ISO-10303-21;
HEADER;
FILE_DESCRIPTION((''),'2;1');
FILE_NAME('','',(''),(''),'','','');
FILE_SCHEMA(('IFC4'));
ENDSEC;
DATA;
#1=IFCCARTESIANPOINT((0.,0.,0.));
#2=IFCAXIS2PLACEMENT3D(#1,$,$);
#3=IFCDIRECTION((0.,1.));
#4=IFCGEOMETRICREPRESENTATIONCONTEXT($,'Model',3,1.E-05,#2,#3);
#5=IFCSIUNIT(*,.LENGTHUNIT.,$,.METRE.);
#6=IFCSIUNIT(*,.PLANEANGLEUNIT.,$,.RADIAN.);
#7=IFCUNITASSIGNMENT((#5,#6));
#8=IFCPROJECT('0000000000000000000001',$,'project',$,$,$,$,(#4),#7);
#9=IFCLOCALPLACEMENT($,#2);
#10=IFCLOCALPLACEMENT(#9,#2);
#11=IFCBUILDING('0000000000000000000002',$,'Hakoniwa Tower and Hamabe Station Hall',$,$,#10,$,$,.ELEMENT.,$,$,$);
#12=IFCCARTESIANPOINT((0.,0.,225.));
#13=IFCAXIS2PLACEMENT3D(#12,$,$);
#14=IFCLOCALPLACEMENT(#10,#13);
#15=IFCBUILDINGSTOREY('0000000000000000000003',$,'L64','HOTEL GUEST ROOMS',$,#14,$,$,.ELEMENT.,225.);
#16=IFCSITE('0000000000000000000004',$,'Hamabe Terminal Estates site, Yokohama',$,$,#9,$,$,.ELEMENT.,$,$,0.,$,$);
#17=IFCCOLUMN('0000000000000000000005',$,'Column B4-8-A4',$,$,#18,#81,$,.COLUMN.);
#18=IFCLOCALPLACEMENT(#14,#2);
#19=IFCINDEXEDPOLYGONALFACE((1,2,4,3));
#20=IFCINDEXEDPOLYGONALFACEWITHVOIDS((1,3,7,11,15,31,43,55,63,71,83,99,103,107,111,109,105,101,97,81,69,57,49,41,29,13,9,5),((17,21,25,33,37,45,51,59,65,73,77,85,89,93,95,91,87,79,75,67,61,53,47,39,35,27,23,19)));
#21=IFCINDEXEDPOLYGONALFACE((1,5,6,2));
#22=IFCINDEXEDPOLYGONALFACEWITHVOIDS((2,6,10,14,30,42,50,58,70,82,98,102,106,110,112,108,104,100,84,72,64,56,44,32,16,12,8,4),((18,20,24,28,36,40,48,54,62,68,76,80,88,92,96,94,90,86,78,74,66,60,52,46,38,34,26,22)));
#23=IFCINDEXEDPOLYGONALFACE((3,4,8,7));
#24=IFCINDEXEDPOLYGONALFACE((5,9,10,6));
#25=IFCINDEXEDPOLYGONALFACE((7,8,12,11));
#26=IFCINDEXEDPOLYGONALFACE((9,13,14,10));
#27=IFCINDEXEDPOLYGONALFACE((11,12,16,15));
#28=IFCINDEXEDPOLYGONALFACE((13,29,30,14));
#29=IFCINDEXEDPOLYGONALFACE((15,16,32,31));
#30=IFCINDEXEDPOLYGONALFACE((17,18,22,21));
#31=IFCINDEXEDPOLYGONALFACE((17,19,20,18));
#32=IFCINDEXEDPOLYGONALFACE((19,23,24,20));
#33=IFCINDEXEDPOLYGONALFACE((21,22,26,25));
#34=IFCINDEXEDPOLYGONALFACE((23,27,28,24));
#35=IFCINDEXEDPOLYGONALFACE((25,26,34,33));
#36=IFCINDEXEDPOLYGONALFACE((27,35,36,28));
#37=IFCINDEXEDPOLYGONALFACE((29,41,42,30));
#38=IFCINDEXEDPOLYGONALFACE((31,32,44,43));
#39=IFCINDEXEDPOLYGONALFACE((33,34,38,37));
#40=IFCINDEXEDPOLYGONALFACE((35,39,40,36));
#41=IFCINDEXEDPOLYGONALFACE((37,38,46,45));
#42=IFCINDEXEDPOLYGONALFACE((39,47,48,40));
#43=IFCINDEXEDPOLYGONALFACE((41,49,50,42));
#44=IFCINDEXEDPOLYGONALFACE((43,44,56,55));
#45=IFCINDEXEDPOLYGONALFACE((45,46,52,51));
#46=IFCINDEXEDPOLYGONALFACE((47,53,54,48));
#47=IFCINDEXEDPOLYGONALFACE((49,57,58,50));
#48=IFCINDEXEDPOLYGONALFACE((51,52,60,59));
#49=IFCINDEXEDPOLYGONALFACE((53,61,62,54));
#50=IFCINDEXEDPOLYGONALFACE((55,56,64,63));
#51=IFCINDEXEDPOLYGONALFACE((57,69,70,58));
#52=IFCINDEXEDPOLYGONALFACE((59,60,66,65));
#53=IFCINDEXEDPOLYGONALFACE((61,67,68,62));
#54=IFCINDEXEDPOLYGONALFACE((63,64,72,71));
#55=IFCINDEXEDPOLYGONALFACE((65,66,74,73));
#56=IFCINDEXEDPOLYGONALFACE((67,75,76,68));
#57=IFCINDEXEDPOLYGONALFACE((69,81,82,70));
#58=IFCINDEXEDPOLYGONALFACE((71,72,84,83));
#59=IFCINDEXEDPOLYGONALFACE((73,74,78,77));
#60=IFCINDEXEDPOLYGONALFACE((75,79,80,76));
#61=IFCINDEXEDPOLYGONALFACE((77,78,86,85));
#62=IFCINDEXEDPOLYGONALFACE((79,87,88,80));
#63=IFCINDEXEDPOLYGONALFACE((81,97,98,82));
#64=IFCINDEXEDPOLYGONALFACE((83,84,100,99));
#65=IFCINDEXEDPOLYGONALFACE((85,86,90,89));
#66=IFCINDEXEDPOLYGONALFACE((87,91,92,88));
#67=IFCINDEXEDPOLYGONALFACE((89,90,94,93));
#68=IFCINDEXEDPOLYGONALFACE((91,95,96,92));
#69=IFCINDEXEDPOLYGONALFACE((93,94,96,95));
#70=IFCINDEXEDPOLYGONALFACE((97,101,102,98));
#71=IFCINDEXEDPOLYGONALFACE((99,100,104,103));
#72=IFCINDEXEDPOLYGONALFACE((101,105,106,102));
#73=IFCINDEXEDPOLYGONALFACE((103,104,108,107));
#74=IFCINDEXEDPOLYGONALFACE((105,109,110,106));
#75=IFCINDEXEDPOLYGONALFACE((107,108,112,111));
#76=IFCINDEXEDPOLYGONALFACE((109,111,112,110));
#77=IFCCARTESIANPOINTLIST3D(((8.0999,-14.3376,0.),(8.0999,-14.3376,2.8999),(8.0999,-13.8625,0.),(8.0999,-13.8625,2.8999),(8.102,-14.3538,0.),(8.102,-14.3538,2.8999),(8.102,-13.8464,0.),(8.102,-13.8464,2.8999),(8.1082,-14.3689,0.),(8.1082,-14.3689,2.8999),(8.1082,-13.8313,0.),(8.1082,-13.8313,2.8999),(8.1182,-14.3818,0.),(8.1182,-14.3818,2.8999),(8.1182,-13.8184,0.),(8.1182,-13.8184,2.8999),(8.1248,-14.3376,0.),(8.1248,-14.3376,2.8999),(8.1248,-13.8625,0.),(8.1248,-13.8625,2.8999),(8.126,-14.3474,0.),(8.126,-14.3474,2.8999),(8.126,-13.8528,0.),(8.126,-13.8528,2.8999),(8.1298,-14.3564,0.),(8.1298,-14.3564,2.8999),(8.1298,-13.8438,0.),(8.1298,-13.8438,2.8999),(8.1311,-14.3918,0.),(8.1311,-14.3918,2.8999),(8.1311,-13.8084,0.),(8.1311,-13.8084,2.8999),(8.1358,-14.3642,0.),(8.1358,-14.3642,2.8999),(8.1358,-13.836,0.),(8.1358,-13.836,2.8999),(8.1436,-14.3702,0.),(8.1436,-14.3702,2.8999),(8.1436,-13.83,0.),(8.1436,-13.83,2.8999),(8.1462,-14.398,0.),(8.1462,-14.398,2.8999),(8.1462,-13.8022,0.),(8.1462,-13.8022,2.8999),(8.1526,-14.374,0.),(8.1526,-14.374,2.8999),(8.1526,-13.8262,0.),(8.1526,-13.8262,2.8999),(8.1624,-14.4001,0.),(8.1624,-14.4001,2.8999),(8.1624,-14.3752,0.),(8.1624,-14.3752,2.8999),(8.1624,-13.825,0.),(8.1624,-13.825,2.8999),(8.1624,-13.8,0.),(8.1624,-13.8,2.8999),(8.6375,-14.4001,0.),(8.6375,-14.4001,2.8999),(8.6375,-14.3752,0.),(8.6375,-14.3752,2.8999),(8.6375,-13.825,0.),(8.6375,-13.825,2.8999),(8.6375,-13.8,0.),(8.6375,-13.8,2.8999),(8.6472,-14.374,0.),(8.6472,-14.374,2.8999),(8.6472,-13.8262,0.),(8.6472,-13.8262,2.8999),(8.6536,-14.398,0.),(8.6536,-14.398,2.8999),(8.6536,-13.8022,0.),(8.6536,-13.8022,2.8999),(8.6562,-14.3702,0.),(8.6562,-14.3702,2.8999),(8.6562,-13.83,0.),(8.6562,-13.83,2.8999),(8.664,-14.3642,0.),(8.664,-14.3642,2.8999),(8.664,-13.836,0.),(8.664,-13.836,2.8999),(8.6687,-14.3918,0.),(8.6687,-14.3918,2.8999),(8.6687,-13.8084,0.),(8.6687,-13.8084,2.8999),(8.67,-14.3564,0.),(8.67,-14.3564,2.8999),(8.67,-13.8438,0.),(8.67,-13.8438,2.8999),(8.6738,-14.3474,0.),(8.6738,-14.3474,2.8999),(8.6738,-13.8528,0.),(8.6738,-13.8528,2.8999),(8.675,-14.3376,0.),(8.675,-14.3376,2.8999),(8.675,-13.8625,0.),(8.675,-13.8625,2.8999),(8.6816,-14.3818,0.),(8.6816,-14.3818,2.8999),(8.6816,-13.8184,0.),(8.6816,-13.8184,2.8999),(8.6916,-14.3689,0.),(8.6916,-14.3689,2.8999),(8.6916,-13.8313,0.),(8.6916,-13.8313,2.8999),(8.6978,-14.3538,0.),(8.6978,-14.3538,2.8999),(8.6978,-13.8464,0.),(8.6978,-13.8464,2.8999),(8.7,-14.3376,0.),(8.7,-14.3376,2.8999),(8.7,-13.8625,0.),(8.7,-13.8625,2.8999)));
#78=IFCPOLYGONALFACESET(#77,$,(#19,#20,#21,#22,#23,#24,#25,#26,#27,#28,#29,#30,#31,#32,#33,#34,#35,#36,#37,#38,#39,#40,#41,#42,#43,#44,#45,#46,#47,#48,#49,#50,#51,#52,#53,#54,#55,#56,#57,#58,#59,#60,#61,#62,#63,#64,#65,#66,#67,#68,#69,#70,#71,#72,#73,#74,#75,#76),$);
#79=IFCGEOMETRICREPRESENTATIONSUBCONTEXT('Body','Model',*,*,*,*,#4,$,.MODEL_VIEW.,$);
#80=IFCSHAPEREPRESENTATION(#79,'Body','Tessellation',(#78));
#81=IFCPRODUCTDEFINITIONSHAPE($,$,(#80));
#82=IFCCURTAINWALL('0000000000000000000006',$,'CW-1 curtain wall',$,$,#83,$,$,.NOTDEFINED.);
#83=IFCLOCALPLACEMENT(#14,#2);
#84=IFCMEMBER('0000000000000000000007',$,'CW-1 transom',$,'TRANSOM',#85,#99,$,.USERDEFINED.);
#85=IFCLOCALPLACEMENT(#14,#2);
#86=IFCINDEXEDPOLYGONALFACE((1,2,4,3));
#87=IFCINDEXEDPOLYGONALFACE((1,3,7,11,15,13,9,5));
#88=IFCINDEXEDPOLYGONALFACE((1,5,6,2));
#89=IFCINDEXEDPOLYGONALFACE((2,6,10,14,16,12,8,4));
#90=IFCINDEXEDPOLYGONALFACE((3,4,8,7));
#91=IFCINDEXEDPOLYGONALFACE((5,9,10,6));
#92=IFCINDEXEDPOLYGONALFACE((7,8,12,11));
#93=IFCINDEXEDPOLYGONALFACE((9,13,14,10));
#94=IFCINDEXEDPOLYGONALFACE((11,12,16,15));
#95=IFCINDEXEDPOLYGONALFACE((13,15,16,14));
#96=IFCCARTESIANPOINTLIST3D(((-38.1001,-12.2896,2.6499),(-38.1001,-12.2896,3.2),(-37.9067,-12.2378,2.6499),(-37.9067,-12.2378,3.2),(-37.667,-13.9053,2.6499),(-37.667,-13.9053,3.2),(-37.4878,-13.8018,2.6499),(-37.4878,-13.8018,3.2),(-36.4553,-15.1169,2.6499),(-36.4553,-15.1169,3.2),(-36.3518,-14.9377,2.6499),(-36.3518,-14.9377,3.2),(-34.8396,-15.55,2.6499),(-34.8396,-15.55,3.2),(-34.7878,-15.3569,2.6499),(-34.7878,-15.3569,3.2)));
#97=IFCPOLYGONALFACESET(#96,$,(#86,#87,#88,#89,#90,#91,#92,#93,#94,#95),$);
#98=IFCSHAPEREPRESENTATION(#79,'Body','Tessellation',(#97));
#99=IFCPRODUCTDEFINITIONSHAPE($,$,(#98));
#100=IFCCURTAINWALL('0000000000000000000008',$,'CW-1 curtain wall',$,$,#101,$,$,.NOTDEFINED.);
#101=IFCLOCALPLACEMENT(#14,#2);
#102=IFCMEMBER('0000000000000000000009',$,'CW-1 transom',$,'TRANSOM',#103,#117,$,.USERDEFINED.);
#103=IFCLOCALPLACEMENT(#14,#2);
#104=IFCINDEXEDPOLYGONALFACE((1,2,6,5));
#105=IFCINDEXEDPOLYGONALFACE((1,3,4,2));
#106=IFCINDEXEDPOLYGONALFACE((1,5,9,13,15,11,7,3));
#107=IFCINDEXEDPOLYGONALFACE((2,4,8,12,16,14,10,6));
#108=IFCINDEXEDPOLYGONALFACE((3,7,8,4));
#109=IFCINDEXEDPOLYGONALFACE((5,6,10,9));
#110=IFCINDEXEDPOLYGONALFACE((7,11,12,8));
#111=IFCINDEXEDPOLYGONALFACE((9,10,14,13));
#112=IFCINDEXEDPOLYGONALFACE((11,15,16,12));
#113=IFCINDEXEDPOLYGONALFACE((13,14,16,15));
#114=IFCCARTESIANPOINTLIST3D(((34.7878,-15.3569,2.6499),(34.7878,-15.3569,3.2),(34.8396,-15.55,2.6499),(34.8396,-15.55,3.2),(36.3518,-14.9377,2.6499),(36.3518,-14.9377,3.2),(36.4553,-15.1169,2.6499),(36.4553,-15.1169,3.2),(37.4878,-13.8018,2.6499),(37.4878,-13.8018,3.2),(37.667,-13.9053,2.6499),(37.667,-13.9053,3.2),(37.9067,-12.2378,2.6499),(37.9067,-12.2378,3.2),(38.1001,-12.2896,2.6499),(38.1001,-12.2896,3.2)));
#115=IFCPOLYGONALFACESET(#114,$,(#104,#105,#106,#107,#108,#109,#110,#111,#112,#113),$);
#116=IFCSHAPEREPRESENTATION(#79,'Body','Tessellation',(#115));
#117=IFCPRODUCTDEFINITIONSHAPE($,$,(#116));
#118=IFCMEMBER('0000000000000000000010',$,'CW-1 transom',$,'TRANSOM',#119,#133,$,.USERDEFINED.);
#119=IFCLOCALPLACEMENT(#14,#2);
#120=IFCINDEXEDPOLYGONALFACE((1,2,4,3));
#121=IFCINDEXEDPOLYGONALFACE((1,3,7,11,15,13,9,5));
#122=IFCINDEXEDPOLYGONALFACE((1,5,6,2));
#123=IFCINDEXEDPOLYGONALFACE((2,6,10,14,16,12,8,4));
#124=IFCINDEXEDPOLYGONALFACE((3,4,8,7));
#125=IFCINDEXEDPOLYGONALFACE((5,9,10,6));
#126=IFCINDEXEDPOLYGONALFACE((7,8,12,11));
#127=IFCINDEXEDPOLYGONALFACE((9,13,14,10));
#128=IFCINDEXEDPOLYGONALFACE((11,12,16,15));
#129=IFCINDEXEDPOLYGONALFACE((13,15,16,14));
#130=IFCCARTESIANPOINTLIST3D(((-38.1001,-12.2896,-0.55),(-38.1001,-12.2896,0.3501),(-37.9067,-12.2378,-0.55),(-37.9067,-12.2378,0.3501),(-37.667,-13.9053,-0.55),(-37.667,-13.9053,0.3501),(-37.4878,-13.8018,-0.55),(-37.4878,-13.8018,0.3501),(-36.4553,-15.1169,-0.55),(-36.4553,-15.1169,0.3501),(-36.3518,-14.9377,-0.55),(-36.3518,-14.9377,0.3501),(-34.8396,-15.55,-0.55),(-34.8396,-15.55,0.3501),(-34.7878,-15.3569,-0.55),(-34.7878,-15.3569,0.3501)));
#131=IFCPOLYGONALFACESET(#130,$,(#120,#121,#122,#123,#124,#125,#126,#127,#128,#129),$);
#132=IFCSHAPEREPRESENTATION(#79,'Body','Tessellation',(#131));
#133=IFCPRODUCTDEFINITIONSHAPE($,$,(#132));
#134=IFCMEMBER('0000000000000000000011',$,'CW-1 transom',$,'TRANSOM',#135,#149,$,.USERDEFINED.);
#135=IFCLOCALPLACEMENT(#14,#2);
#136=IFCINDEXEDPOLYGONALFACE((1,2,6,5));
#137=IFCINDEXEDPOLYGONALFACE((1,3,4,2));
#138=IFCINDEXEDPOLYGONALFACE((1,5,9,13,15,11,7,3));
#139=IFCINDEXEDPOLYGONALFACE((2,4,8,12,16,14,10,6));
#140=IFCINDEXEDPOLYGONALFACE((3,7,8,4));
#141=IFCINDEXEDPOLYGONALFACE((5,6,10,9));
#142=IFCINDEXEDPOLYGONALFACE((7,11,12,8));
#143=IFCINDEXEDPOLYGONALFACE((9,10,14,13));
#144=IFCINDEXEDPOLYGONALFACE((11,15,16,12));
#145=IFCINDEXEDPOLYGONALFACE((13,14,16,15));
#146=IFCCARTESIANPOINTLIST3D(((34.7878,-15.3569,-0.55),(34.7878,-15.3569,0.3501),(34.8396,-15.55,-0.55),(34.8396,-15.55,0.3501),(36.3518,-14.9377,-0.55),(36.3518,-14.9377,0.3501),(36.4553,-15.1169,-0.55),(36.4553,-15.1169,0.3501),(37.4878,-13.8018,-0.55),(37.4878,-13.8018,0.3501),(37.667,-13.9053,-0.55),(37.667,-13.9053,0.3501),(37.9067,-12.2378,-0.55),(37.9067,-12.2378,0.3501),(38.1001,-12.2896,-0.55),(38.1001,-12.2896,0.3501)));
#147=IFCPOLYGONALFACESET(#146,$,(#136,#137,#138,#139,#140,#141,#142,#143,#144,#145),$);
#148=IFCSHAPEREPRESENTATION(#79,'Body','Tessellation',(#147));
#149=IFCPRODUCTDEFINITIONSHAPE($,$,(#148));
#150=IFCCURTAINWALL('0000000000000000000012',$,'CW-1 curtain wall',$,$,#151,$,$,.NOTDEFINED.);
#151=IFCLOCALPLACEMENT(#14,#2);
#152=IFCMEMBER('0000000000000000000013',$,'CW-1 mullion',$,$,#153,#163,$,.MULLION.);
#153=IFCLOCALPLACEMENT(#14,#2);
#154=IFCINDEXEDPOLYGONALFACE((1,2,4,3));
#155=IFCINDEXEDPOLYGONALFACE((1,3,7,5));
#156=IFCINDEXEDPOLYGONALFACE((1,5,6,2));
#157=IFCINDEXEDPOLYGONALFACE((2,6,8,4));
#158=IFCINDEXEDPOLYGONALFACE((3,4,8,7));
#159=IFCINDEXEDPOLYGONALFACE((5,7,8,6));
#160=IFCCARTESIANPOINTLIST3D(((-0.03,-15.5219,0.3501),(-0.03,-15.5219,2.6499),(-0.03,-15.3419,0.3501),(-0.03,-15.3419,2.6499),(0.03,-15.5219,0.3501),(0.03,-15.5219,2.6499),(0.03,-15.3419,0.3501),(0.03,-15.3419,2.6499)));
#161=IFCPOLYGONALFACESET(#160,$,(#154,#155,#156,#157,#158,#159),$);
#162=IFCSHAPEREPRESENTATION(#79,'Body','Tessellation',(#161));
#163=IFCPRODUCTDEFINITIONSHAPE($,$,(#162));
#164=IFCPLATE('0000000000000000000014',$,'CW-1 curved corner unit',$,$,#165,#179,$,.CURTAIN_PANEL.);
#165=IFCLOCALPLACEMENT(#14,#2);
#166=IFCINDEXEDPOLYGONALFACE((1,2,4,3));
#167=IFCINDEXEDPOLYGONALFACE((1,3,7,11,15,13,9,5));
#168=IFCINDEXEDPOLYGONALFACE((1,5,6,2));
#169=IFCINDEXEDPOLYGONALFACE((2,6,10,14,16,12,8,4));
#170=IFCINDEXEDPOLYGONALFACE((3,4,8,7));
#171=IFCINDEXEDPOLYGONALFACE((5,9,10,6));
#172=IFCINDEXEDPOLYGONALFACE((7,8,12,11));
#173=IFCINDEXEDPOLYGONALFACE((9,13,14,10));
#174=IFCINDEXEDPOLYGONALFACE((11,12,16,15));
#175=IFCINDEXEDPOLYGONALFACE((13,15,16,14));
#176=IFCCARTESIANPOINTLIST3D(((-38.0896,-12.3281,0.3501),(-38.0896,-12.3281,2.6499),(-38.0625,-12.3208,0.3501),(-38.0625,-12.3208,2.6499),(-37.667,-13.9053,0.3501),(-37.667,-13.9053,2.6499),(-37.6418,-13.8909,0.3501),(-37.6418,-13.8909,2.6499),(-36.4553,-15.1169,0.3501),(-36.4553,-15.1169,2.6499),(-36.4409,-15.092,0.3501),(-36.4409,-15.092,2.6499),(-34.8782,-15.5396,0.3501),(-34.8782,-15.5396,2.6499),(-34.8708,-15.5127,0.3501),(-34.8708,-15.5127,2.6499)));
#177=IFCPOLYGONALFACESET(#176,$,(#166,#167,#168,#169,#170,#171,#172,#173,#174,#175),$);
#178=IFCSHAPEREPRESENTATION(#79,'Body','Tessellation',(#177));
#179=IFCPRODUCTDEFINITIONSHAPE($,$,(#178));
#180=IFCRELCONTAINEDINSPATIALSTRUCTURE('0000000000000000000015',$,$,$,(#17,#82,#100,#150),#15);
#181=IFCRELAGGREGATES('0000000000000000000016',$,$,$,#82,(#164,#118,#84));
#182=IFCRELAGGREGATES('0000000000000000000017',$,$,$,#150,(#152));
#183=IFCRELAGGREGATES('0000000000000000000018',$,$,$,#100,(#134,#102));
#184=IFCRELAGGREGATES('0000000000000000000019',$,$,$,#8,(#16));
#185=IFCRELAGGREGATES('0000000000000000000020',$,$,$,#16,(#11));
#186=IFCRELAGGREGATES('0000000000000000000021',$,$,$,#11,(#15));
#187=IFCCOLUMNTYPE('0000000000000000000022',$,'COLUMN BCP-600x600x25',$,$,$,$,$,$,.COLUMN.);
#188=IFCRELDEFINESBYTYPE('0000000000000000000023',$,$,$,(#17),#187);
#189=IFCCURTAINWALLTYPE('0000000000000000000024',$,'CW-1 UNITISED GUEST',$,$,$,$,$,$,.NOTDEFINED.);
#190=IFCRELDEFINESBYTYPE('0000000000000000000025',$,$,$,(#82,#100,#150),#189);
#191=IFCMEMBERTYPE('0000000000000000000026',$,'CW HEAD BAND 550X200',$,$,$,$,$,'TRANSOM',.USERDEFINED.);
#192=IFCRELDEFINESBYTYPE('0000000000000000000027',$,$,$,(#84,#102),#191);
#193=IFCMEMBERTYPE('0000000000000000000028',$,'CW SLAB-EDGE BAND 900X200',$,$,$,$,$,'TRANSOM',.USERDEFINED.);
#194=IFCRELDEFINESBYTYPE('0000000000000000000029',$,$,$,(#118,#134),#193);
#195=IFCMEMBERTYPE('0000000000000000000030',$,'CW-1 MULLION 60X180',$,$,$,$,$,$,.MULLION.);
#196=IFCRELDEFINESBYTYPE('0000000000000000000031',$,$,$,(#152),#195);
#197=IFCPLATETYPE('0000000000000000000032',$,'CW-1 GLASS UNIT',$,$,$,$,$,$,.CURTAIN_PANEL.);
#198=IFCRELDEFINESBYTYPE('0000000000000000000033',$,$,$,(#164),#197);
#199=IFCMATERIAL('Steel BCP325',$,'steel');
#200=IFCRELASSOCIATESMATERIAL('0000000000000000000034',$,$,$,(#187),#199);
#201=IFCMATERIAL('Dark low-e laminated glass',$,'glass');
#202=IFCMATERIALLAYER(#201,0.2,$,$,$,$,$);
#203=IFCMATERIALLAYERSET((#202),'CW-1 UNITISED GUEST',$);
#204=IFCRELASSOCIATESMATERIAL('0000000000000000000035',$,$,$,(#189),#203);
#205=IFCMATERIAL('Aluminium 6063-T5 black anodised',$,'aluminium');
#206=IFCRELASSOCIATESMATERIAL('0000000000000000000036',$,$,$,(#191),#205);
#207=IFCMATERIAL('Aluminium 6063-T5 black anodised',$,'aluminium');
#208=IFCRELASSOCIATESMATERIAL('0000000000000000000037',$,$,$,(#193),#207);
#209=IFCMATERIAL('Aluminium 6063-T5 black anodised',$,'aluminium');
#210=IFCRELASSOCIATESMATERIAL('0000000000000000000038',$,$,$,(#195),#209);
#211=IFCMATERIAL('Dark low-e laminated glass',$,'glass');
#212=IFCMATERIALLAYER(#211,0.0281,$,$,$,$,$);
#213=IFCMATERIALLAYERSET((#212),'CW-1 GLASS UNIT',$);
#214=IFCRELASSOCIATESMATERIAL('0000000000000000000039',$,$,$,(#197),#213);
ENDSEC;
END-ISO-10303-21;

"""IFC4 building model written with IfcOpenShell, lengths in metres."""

from ifc_helpers import new_model, si_unit, direction, frame, origin, origin_2d, place, context, subcontext, project, spatial, polyline, rectangle, hollow_rectangle, outline, extrude, material, layer, layer_set, material_profile, profile_set, type_object, element, aggregate, save


model = new_model("IFC4")

# Units and contexts
model_context = context("Model", 3, precision=1e-05, world=origin(), true_north=direction((0.0, 1.0)))
body_context = subcontext(model_context, "Body", "Model", "MODEL_VIEW")
ifc_project = project(units=[si_unit("LENGTHUNIT", "METRE"), si_unit("PLANEANGLEUNIT", "RADIAN")], contexts=[model_context])

# Site, building, storey
site_placement = place(None, origin())
site = spatial("IfcSite", under=ifc_project, at=site_placement, Name="Hamabe Terminal Estates site, Yokohama", CompositionType="ELEMENT", RefElevation=0.0)
building_placement = place(site_placement, origin())
building = spatial("IfcBuilding", under=site, at=building_placement, Name="Hakoniwa Tower and Hamabe Station Hall", CompositionType="ELEMENT")
storey_placement = place(building_placement, frame((0.0, 0.0, 225.0)))
storey = spatial("IfcBuildingStorey", under=building, at=storey_placement, Name="L64", Description="HOTEL GUEST ROOMS", CompositionType="ELEMENT", Elevation=225.0)

# Column
ifc_material_1 = material(Name="Steel BCP325", Category="steel")
ifc_material_profile_1 = material_profile(ifc_material_1, hollow_rectangle(XDim=0.6001, YDim=0.6001, WallThickness=0.0249, InnerFilletRadius=0.0376, OuterFilletRadius=0.0625, at=origin_2d()), Name="BCP-600x600x25")
ifc_profile_set_1 = profile_set([ifc_material_profile_1], Name="Steel BCP325")
column_type = type_object("IfcColumnType", Name="COLUMN BCP-600x600x25", PredefinedType="COLUMN", material=ifc_profile_set_1)
column_placement = place(storey_placement, frame((8.3999, -14.1001, 0.0), z_axis=(0.0, 0.0, 1.0), x_axis=(1.0, 0.0, 0.0)))
element("IfcColumn", 1, at=column_placement, inside=storey, type_object=column_type, Name="Column B4-8-A4", PredefinedType="COLUMN", context=body_context, shape_type="SweptSolid", body=[
    extrude(hollow_rectangle(XDim=0.6001, YDim=0.6001, WallThickness=0.0249, InnerFilletRadius=0.0376, OuterFilletRadius=0.0625, at=origin_2d()), origin(), (0.0, 0.0, 1.0), 2.8999),
])

# Curtain walls, members
ifc_material_2 = material(Name="Dark low-e laminated glass", Category="glass")
ifc_layer_1 = layer(ifc_material_2, 0.2)
ifc_layer_set_1 = layer_set([ifc_layer_1], Name="CW-1 UNITISED GUEST")
curtain_wall_type = type_object("IfcCurtainWallType", Name="CW-1 UNITISED GUEST", PredefinedType="NOTDEFINED", material=ifc_layer_set_1)
curtain_wall_1_placement = place(storey_placement, origin())
curtain_wall_1 = element("IfcCurtainWall", 2, at=curtain_wall_1_placement, inside=storey, type_object=curtain_wall_type, Name="CW-1 curtain wall", PredefinedType="NOTDEFINED")
ifc_material_3 = material(Name="Aluminium 6063-T5 black anodised", Category="aluminium")
ifc_material_profile_2 = material_profile(ifc_material_3, rectangle(XDim=0.2, YDim=0.55, at=origin_2d()), Name="CW HEAD BAND 550X200")
ifc_profile_set_2 = profile_set([ifc_material_profile_2], Name="Aluminium 6063-T5 black anodised")
member_type_1 = type_object("IfcMemberType", Name="CW HEAD BAND 550X200", ElementType="TRANSOM", PredefinedType="USERDEFINED", material=ifc_profile_set_2)
member_1_placement = place(storey_placement, frame((0.0, 0.0, 2.6499)))
member_1 = element("IfcMember", 3, at=member_1_placement, type_object=member_type_1, Name="CW-1 transom", ObjectType="TRANSOM", PredefinedType="USERDEFINED", context=body_context, shape_type="SweptSolid", body=[
    extrude(outline(polyline([(-38.1001, -12.2896), (-37.667, -13.9053), (-36.4553, -15.1169), (-34.8396, -15.55), (-34.7878, -15.3569), (-36.3518, -14.9377), (-37.4878, -13.8018), (-37.9067, -12.2378), (-38.1001, -12.2896)])), origin(), (0.0, 0.0, 1.0), 0.55),
])
curtain_wall_2_placement = place(storey_placement, origin())
curtain_wall_2 = element("IfcCurtainWall", 4, at=curtain_wall_2_placement, inside=storey, type_object=curtain_wall_type, Name="CW-1 curtain wall", PredefinedType="NOTDEFINED")
member_2_placement = place(storey_placement, frame((0.0, 0.0, 2.6499)))
member_2 = element("IfcMember", 5, at=member_2_placement, type_object=member_type_1, Name="CW-1 transom", ObjectType="TRANSOM", PredefinedType="USERDEFINED", context=body_context, shape_type="SweptSolid", body=[
    extrude(outline(polyline([(34.8396, -15.55), (36.4553, -15.1169), (37.667, -13.9053), (38.1001, -12.2896), (37.9067, -12.2378), (37.4878, -13.8018), (36.3518, -14.9377), (34.7878, -15.3569), (34.8396, -15.55)])), origin(), (0.0, 0.0, 1.0), 0.55),
])

# Members
ifc_material_4 = material(Name="Aluminium 6063-T5 black anodised", Category="aluminium")
ifc_material_profile_3 = material_profile(ifc_material_4, rectangle(XDim=0.2, YDim=0.8999, at=origin_2d()), Name="CW SLAB-EDGE BAND 900X200")
ifc_profile_set_3 = profile_set([ifc_material_profile_3], Name="Aluminium 6063-T5 black anodised")
member_type_2 = type_object("IfcMemberType", Name="CW SLAB-EDGE BAND 900X200", ElementType="TRANSOM", PredefinedType="USERDEFINED", material=ifc_profile_set_3)
member_3_placement = place(storey_placement, frame((0.0, 0.0, -0.55)))
member_3 = element("IfcMember", 6, at=member_3_placement, type_object=member_type_2, Name="CW-1 transom", ObjectType="TRANSOM", PredefinedType="USERDEFINED", context=body_context, shape_type="SweptSolid", body=[
    extrude(outline(polyline([(-38.1001, -12.2896), (-37.667, -13.9053), (-36.4553, -15.1169), (-34.8396, -15.55), (-34.7878, -15.3569), (-36.3518, -14.9377), (-37.4878, -13.8018), (-37.9067, -12.2378), (-38.1001, -12.2896)])), origin(), (0.0, 0.0, 1.0), 0.9001),
])
member_4_placement = place(storey_placement, frame((0.0, 0.0, -0.55)))
member_4 = element("IfcMember", 7, at=member_4_placement, type_object=member_type_2, Name="CW-1 transom", ObjectType="TRANSOM", PredefinedType="USERDEFINED", context=body_context, shape_type="SweptSolid", body=[
    extrude(outline(polyline([(34.8396, -15.55), (36.4553, -15.1169), (37.667, -13.9053), (38.1001, -12.2896), (37.9067, -12.2378), (37.4878, -13.8018), (36.3518, -14.9377), (34.7878, -15.3569), (34.8396, -15.55)])), origin(), (0.0, 0.0, 1.0), 0.9001),
])

# Curtain wall, member
curtain_wall_3_placement = place(storey_placement, origin())
curtain_wall_3 = element("IfcCurtainWall", 8, at=curtain_wall_3_placement, inside=storey, type_object=curtain_wall_type, Name="CW-1 curtain wall", PredefinedType="NOTDEFINED")
ifc_material_5 = material(Name="Aluminium 6063-T5 black anodised", Category="aluminium")
ifc_material_profile_4 = material_profile(ifc_material_5, rectangle(XDim=0.0601, YDim=0.1799, at=origin_2d()), Name="CW-1 MULLION 60X180")
ifc_profile_set_4 = profile_set([ifc_material_profile_4], Name="Aluminium 6063-T5 black anodised")
member_type_3 = type_object("IfcMemberType", Name="CW-1 MULLION 60X180", PredefinedType="MULLION", material=ifc_profile_set_4)
member_5_placement = place(storey_placement, frame((0.0, -15.4319, 0.3501), z_axis=(0.0, 0.0, 1.0), x_axis=(1.0, 0.0, 0.0)))
member_5 = element("IfcMember", 9, at=member_5_placement, type_object=member_type_3, Name="CW-1 mullion", PredefinedType="MULLION", context=body_context, shape_type="SweptSolid", body=[
    extrude(rectangle(XDim=0.0601, YDim=0.1799, at=origin_2d()), origin(), (0.0, 0.0, 1.0), 2.2998),
])

# Plate
ifc_material_6 = material(Name="Dark low-e laminated glass", Category="glass")
ifc_layer_2 = layer(ifc_material_6, 0.0281)
ifc_layer_set_2 = layer_set([ifc_layer_2], Name="CW-1 GLASS UNIT")
plate_type = type_object("IfcPlateType", Name="CW-1 GLASS UNIT", PredefinedType="CURTAIN_PANEL", material=ifc_layer_set_2)
plate_1_placement = place(storey_placement, frame((0.0, 0.0, 0.3501)))
plate_1 = element("IfcPlate", 10, at=plate_1_placement, type_object=plate_type, Name="CW-1 curved corner unit", PredefinedType="CURTAIN_PANEL", context=body_context, shape_type="SweptSolid", body=[
    extrude(outline(polyline([(-38.0896, -12.3281), (-37.667, -13.9053), (-36.4553, -15.1169), (-34.8782, -15.5396), (-34.8708, -15.5127), (-36.4409, -15.092), (-37.6418, -13.8909), (-38.0625, -12.3208), (-38.0896, -12.3281)])), origin(), (0.0, 0.0, 1.0), 2.2998),
])
aggregate(curtain_wall_1, [plate_1, member_3, member_1])
aggregate(curtain_wall_3, [member_5])
aggregate(curtain_wall_2, [member_4, member_2])

save(model, "model.ifc")
